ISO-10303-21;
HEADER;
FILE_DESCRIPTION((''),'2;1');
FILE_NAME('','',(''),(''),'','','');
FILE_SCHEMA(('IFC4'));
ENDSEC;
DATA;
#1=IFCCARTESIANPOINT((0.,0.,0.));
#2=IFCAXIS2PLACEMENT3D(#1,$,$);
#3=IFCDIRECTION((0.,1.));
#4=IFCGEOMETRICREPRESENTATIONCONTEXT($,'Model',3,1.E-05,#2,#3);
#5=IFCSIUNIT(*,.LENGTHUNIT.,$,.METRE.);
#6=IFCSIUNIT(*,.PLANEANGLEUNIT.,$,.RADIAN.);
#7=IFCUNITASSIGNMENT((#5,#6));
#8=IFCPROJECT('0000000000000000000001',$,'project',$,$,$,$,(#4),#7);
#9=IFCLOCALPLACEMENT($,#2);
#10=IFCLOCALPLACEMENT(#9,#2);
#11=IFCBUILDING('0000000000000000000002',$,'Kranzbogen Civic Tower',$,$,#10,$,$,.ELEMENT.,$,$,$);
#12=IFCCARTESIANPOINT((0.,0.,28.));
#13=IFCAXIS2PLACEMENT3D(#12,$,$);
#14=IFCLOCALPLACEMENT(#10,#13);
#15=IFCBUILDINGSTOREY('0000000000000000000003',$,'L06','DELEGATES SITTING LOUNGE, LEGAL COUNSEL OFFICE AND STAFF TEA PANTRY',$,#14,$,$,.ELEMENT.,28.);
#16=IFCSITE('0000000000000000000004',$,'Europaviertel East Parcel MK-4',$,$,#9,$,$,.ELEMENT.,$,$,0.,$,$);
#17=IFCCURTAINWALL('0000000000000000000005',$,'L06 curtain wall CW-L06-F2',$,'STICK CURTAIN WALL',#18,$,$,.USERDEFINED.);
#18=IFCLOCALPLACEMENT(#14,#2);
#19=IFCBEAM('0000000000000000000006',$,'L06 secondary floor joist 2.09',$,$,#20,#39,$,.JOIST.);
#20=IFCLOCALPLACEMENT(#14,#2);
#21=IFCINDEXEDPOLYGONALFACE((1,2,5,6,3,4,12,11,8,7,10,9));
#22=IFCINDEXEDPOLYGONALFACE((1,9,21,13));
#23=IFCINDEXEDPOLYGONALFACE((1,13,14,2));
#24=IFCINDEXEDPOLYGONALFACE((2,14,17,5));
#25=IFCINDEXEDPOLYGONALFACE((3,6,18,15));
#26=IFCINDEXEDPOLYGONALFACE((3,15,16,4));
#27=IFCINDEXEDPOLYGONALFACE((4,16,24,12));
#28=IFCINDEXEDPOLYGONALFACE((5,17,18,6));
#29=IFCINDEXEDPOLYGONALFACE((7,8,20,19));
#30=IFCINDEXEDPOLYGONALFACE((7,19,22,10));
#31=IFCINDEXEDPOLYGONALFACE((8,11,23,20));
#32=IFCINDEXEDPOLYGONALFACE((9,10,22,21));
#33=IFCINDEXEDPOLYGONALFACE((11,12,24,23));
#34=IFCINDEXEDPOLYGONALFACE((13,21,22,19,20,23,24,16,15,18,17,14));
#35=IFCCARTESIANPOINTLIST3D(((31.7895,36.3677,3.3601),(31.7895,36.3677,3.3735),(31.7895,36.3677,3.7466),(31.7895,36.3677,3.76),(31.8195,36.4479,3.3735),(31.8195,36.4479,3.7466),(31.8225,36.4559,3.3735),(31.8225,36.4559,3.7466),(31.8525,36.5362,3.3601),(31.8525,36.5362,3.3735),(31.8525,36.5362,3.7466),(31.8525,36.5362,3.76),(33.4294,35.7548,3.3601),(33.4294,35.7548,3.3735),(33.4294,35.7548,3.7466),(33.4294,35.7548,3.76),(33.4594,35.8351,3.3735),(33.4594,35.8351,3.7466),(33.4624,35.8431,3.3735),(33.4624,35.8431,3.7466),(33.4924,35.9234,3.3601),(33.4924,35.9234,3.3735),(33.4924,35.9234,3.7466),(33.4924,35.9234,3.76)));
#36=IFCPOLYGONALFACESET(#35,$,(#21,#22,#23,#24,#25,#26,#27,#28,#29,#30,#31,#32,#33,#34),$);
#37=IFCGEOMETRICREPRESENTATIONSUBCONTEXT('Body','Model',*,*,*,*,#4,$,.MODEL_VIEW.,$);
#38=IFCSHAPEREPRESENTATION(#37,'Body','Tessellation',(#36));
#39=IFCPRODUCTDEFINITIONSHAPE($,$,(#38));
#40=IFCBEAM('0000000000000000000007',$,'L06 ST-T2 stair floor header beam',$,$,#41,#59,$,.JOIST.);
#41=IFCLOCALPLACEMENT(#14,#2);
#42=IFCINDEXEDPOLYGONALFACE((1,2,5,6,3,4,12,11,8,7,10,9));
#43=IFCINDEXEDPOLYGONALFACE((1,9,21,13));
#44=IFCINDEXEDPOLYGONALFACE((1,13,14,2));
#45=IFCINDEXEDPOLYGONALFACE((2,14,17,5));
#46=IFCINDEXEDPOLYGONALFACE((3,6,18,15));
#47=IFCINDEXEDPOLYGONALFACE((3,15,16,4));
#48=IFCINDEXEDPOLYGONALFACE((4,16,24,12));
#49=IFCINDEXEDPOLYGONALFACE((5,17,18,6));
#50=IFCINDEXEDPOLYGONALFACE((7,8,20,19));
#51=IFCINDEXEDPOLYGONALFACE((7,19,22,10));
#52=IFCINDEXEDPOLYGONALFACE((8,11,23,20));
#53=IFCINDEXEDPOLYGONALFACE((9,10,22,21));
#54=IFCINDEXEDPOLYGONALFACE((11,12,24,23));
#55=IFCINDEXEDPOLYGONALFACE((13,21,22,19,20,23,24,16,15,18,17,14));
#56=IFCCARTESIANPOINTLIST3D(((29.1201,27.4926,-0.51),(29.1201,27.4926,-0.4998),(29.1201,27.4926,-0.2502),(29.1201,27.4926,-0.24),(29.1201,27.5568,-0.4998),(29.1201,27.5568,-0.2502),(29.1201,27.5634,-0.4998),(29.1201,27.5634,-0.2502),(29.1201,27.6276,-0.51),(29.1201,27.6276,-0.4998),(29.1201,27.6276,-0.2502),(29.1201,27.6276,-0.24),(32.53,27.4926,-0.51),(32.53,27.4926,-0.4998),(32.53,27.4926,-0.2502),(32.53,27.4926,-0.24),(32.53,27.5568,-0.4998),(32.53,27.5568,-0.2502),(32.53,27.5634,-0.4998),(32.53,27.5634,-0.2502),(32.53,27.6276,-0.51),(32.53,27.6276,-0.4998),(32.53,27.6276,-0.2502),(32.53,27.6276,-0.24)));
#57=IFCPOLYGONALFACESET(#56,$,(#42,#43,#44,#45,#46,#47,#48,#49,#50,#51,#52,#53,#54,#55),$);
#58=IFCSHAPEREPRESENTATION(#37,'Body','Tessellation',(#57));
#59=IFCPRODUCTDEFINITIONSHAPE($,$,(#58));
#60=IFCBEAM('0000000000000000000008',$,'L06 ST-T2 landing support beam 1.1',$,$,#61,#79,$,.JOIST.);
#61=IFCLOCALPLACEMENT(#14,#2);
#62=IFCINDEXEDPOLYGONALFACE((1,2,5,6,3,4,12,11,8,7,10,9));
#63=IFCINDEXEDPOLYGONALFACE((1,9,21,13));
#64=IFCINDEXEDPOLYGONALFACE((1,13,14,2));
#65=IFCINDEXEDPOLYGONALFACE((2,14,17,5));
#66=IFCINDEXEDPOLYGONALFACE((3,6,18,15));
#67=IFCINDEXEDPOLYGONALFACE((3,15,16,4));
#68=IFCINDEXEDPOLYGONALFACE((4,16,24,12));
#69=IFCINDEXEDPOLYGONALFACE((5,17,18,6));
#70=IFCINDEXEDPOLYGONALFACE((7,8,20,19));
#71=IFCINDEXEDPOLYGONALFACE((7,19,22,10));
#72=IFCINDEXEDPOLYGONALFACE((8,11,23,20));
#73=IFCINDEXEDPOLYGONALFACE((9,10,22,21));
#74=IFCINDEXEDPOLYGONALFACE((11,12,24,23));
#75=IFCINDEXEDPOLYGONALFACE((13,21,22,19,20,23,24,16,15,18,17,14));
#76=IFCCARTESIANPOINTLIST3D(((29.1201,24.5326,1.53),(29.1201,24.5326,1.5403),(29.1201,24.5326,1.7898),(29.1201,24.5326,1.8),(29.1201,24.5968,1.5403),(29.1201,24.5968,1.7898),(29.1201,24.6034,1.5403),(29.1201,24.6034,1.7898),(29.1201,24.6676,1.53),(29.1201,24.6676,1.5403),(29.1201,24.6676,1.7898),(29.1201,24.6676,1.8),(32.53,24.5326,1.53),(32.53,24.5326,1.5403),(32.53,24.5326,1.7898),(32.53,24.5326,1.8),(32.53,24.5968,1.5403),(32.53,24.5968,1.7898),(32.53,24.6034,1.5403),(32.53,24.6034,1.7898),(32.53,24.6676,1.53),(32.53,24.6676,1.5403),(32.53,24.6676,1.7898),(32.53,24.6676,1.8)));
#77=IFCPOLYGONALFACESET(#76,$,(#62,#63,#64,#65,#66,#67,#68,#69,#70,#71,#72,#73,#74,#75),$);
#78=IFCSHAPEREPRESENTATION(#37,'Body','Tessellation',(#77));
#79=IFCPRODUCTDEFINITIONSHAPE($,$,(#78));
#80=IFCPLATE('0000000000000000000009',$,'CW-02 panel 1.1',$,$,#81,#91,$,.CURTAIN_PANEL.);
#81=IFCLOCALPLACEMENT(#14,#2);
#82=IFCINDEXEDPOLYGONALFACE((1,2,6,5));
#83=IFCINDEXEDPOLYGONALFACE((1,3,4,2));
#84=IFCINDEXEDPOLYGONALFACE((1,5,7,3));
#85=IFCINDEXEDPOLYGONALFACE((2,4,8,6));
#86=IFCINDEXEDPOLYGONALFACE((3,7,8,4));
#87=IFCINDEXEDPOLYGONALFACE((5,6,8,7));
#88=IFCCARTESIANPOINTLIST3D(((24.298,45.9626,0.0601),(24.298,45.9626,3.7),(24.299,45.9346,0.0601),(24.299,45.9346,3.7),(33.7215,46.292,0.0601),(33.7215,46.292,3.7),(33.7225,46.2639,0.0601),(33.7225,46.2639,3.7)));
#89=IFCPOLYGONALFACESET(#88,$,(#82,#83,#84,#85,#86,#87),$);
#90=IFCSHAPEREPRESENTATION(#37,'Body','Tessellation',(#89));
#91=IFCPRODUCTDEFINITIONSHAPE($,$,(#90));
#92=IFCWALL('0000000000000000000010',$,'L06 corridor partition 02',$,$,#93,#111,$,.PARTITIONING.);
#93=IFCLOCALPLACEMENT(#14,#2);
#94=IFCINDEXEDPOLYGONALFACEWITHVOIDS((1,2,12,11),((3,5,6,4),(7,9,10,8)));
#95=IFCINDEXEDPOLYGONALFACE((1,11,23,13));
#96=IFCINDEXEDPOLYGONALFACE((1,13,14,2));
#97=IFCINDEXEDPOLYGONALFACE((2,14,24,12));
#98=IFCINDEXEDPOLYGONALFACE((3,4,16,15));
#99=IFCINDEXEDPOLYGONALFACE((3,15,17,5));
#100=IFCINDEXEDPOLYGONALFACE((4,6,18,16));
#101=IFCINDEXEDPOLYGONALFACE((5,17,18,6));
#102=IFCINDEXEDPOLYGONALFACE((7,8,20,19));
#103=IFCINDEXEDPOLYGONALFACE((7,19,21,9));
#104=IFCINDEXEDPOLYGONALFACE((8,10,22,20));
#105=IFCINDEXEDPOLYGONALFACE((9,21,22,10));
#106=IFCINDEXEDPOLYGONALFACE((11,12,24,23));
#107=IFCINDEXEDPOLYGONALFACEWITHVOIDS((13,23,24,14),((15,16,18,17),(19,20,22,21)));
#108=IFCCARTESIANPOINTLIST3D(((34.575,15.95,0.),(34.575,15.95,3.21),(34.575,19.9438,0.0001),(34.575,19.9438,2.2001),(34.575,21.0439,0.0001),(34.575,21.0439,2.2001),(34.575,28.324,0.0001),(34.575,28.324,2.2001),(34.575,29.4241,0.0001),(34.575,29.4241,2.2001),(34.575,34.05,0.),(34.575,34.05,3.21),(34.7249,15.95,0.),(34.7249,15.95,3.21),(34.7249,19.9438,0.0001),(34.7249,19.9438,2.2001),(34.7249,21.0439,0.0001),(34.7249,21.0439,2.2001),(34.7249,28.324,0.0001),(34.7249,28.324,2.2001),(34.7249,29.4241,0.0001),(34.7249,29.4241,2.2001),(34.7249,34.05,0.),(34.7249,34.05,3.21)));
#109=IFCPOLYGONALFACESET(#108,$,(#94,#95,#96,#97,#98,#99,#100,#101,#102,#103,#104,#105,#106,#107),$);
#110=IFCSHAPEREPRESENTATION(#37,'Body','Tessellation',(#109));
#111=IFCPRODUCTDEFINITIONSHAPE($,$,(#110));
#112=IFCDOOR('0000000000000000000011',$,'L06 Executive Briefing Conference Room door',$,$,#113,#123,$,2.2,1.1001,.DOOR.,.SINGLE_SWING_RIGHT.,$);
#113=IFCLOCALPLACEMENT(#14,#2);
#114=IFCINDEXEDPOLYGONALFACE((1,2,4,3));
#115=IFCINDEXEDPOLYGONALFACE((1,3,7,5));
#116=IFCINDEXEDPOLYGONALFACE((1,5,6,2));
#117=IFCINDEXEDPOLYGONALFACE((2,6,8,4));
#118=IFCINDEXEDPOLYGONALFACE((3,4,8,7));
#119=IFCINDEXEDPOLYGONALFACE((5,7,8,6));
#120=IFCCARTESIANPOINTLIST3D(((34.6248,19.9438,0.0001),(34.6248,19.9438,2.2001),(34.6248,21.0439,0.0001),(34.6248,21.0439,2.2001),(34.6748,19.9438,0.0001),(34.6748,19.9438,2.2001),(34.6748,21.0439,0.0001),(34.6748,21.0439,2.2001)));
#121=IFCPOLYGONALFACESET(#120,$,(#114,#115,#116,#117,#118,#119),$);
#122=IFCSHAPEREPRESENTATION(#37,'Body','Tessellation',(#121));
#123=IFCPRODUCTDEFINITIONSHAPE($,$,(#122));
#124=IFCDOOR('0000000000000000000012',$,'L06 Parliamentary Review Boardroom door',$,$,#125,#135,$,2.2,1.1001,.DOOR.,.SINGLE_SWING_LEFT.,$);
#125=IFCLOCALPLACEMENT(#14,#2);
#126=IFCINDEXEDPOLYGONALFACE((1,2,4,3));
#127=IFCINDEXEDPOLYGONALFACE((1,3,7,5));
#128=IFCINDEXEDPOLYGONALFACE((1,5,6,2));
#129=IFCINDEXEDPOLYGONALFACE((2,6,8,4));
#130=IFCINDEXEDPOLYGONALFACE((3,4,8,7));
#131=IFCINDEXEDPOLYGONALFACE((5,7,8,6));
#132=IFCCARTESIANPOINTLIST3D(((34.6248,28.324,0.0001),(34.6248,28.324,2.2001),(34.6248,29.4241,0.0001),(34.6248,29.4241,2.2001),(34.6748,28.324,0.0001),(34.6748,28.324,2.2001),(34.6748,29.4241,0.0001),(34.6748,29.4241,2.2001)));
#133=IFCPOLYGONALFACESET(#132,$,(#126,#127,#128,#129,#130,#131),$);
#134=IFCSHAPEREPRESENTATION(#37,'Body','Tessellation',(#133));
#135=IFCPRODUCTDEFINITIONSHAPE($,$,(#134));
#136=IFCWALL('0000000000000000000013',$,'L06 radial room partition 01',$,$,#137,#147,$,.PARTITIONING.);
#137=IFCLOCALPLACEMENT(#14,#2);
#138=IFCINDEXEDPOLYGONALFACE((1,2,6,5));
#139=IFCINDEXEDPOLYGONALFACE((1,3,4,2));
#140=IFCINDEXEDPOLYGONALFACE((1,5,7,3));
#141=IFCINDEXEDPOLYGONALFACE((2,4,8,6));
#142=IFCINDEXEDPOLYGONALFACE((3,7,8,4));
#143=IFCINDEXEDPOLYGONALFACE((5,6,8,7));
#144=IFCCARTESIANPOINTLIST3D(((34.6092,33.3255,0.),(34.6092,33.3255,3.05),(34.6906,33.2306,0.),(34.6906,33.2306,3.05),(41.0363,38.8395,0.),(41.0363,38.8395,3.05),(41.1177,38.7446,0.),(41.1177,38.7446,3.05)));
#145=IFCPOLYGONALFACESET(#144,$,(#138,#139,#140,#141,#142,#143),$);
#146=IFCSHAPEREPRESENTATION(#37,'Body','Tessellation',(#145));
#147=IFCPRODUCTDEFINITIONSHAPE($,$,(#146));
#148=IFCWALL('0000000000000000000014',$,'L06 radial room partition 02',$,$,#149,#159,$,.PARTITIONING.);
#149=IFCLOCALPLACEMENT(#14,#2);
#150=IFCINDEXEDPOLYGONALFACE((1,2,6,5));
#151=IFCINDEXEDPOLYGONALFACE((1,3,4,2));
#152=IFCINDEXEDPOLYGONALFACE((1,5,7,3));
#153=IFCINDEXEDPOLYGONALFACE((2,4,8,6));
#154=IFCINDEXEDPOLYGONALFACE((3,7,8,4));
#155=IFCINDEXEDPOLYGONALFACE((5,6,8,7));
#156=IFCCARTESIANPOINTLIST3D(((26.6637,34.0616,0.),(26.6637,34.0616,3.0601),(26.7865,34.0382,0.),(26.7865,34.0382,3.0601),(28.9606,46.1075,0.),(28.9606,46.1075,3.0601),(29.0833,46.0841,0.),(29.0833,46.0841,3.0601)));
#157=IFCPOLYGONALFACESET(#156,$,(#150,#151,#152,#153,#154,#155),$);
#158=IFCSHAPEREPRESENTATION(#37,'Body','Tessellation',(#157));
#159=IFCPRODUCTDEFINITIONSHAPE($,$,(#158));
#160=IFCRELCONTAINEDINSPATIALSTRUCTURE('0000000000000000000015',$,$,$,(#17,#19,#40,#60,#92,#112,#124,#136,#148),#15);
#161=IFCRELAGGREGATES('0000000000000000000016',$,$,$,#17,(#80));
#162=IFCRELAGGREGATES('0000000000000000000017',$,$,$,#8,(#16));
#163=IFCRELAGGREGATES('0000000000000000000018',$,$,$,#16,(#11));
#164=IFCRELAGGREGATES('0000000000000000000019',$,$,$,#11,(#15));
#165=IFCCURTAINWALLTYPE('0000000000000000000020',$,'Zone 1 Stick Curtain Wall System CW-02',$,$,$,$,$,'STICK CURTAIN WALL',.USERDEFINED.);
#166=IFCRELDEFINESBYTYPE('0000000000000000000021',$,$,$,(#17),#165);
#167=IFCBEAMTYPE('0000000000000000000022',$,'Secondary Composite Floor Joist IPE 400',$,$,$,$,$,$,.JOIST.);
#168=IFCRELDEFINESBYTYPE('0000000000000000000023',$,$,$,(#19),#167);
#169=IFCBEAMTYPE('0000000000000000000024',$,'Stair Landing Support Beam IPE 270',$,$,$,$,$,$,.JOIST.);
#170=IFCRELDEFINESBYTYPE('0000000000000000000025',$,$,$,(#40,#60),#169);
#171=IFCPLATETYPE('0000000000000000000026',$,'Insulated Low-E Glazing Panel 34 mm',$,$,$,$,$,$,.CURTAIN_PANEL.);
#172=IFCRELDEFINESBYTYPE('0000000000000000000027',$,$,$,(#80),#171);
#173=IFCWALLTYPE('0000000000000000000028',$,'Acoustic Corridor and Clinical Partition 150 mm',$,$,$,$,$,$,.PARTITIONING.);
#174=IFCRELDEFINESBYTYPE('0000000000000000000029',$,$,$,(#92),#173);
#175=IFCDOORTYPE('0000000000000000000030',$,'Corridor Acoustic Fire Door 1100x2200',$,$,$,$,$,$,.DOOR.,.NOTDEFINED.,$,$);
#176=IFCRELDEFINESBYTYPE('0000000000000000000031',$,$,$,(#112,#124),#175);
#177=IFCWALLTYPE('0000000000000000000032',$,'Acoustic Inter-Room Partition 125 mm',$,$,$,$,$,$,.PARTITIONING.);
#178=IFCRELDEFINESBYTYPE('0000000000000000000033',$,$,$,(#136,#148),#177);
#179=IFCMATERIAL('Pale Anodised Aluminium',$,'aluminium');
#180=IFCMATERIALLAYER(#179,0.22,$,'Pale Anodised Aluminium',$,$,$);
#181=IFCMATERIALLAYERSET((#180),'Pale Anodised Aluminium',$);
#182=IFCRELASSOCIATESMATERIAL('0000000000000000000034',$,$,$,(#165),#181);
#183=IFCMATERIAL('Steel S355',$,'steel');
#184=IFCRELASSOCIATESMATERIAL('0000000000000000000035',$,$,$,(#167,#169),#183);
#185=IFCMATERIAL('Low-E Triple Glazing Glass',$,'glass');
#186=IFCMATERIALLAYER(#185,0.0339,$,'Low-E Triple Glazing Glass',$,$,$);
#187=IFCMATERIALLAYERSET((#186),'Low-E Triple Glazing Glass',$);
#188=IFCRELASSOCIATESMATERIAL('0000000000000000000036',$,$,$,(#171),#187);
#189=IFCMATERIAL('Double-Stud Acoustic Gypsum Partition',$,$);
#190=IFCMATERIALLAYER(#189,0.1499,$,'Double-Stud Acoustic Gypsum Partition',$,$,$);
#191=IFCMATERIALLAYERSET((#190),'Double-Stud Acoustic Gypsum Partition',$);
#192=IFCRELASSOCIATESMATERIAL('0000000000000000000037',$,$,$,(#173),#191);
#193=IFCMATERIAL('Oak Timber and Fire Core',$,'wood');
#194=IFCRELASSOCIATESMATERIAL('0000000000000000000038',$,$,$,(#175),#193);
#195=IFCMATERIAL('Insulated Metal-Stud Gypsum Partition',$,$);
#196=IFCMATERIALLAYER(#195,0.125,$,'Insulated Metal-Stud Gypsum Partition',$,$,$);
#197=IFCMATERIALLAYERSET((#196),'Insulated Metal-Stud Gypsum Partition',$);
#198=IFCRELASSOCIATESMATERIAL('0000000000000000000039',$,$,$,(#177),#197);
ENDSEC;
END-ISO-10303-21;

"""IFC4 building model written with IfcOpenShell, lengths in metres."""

from ifc_helpers import new_model, si_unit, direction, frame, frame_2d, origin, origin_2d, place, context, subcontext, project, spatial, rectangle, i_section, extrude, material, layer, layer_set, material_profile, profile_set, type_object, element, fill, aggregate, save


model = new_model("IFC4")

# Units and contexts
model_context = context("Model", 3, precision=1e-05, world=origin(), true_north=direction((0.0, 1.0)))
body_context = subcontext(model_context, "Body", "Model", "MODEL_VIEW")
ifc_project = project(units=[si_unit("LENGTHUNIT", "METRE"), si_unit("PLANEANGLEUNIT", "RADIAN")], contexts=[model_context])

# Site, building, storey
site_placement = place(None, origin())
site = spatial("IfcSite", under=ifc_project, at=site_placement, Name="Europaviertel East Parcel MK-4", CompositionType="ELEMENT", RefElevation=0.0)
building_placement = place(site_placement, origin())
building = spatial("IfcBuilding", under=site, at=building_placement, Name="Kranzbogen Civic Tower", CompositionType="ELEMENT")
storey_placement = place(building_placement, frame((0.0, 0.0, 28.0)))
storey = spatial("IfcBuildingStorey", under=building, at=storey_placement, Name="L06", Description="DELEGATES SITTING LOUNGE, LEGAL COUNSEL OFFICE AND STAFF TEA PANTRY", CompositionType="ELEMENT", Elevation=28.0)

# Curtain wall
ifc_material_1 = material(Name="Pale Anodised Aluminium", Category="aluminium")
ifc_layer_1 = layer(ifc_material_1, 0.22, Name="Pale Anodised Aluminium")
ifc_layer_set_1 = layer_set([ifc_layer_1], Name="Pale Anodised Aluminium")
curtain_wall_type = type_object("IfcCurtainWallType", Name="Zone 1 Stick Curtain Wall System CW-02", ElementType="STICK CURTAIN WALL", PredefinedType="USERDEFINED", material=ifc_layer_set_1)
curtain_wall_placement = place(storey_placement, origin())
curtain_wall = element("IfcCurtainWall", 1, at=curtain_wall_placement, inside=storey, type_object=curtain_wall_type, Name="L06 curtain wall CW-L06-F2", ObjectType="STICK CURTAIN WALL", PredefinedType="USERDEFINED")

# Beams
ifc_material_2 = material(Name="Steel S355", Category="steel")
ifc_material_profile_1 = material_profile(ifc_material_2, i_section(OverallWidth=0.1799, OverallDepth=0.3999, WebThickness=0.0085, FlangeThickness=0.0134, at=origin_2d()), Name="IPE 400")
ifc_profile_set_1 = profile_set([ifc_material_profile_1], Name="Steel S355")
beam_type_1 = type_object("IfcBeamType", Name="Secondary Composite Floor Joist IPE 400", PredefinedType="JOIST", material=ifc_profile_set_1)
beam_1_placement = place(storey_placement, frame((33.4609, 35.8391, 3.5601), z_axis=(-0.936735, 0.350038, 0.0), x_axis=(-0.350038, -0.936735, 0.0)))
element("IfcBeam", 2, at=beam_1_placement, inside=storey, type_object=beam_type_1, Name="L06 secondary floor joist 2.09", PredefinedType="JOIST", context=body_context, shape_type="SweptSolid", body=[
    extrude(i_section(OverallWidth=0.1799, OverallDepth=0.3999, WebThickness=0.0085, FlangeThickness=0.0134, at=origin_2d()), origin(), (0.0, 0.0, 1.0), 1.7507),
])
ifc_material_profile_2 = material_profile(ifc_material_2, i_section(OverallWidth=0.135, OverallDepth=0.27, WebThickness=0.0066, FlangeThickness=0.0103, at=origin_2d()), Name="IPE 270")
ifc_profile_set_2 = profile_set([ifc_material_profile_2], Name="Steel S355")
beam_type_2 = type_object("IfcBeamType", Name="Stair Landing Support Beam IPE 270", PredefinedType="JOIST", material=ifc_profile_set_2)
for number, where, z_axis, x_axis, name in (
    (3, (29.1201, 27.5601, -0.375), (1.0, 0.0, 0.0), (0.0, 1.0, 0.0), "L06 ST-T2 stair floor header beam"),
    (4, (29.1201, 24.6001, 1.665), (1.0, 0.0, 0.0), (0.0, 1.0, 0.0), "L06 ST-T2 landing support beam 1.1"),
):
    element("IfcBeam", number, at=place(storey_placement, frame(where, z_axis=z_axis, x_axis=x_axis)), inside=storey, type_object=beam_type_2, Name=name, PredefinedType="JOIST", context=body_context, shape_type="SweptSolid", body=[
        extrude(i_section(OverallWidth=0.135, OverallDepth=0.27, WebThickness=0.0066, FlangeThickness=0.0103, at=origin_2d()), origin(), (0.0, 0.0, 1.0), 3.4099),
    ])

# Plate
ifc_material_3 = material(Name="Low-E Triple Glazing Glass", Category="glass")
ifc_layer_2 = layer(ifc_material_3, 0.0339, Name="Low-E Triple Glazing Glass")
ifc_layer_set_2 = layer_set([ifc_layer_2], Name="Low-E Triple Glazing Glass")
plate_type = type_object("IfcPlateType", Name="Insulated Low-E Glazing Panel 34 mm", PredefinedType="CURTAIN_PANEL", material=ifc_layer_set_2)
plate_placement = place(storey_placement, frame((29.0103, 46.1133, 0.0601), z_axis=(0.0, 0.0, 1.0), x_axis=(-0.99939, -0.034929, 0.0)))
plate = element("IfcPlate", 5, at=plate_placement, type_object=plate_type, Name="CW-02 panel 1.1", PredefinedType="CURTAIN_PANEL", context=body_context, shape_type="SweptSolid", body=[
    extrude(rectangle(XDim=9.4292, YDim=0.0281, at=origin_2d()), origin(), (0.0, 0.0, 1.0), 3.6399),
])
aggregate(curtain_wall, [plate])

# Wall, openings, doors
ifc_material_4 = material(Name="Double-Stud Acoustic Gypsum Partition")
ifc_layer_3 = layer(ifc_material_4, 0.1499, Name="Double-Stud Acoustic Gypsum Partition")
ifc_layer_set_3 = layer_set([ifc_layer_3], Name="Double-Stud Acoustic Gypsum Partition")
wall_type_1 = type_object("IfcWallType", Name="Acoustic Corridor and Clinical Partition 150 mm", PredefinedType="PARTITIONING", material=ifc_layer_set_3)
wall_1_placement = place(storey_placement, frame((34.6499, 34.05, 0.0), z_axis=(0.0, 0.0, 1.0), x_axis=(0.0, -1.0, 0.0)))
wall_1 = element("IfcWall", 6, at=wall_1_placement, inside=storey, type_object=wall_type_1, Name="L06 corridor partition 02", PredefinedType="PARTITIONING", context=body_context, shape_type="SweptSolid", body=[
    extrude(rectangle(XDim=18.1001, YDim=0.1499, at=frame_2d((9.05, 0.0))), origin(), (0.0, 0.0, 1.0), 3.21),
])
opening_1_placement = place(wall_1_placement, frame((13.0061, 0.0, 0.0)))
opening_1 = element("IfcOpeningElement", 7, at=opening_1_placement, cuts=wall_1, PredefinedType="OPENING", context=body_context, shape_type="SweptSolid", body=[
    extrude(rectangle(XDim=1.1001, YDim=2.2, at=frame_2d((0.55, 1.1001))), frame((0.0, 0.085, 0.0), z_axis=(0.0, -1.0, 0.0), x_axis=(1.0, 0.0, 0.0)), (0.0, 0.0, 1.0), 0.1699),
])
opening_2_placement = place(wall_1_placement, frame((4.626, 0.0, 0.0)))
opening_2 = element("IfcOpeningElement", 8, at=opening_2_placement, cuts=wall_1, PredefinedType="OPENING", context=body_context, shape_type="SweptSolid", body=[
    extrude(rectangle(XDim=1.1001, YDim=2.2, at=frame_2d((0.55, 1.1001))), frame((0.0, 0.085, 0.0), z_axis=(0.0, -1.0, 0.0), x_axis=(1.0, 0.0, 0.0)), (0.0, 0.0, 1.0), 0.1699),
])
ifc_material_5 = material(Name="Oak Timber and Fire Core", Category="wood")
door_type_1 = type_object("IfcDoorType", Name="Corridor Acoustic Fire Door 1100x2200", OperationType="NOTDEFINED", PredefinedType="DOOR", material=ifc_material_5)
door_1_placement = place(opening_1_placement, origin())
door_1 = element("IfcDoor", 9, at=door_1_placement, inside=storey, type_object=door_type_1, Name="L06 Executive Briefing Conference Room door", OperationType="SINGLE_SWING_RIGHT", OverallHeight=2.2, OverallWidth=1.1001, PredefinedType="DOOR", context=body_context, shape_type="SweptSolid", body=[
    extrude(rectangle(XDim=1.1001, YDim=2.2, at=frame_2d((0.55, 1.1001))), frame((0.0, 0.0249, 0.0), z_axis=(0.0, -1.0, 0.0), x_axis=(1.0, 0.0, 0.0)), (0.0, 0.0, 1.0), 0.05),
])
fill(opening_1, door_1)
door_2_placement = place(opening_2_placement, origin())
door_2 = element("IfcDoor", 10, at=door_2_placement, inside=storey, type_object=door_type_1, Name="L06 Parliamentary Review Boardroom door", OperationType="SINGLE_SWING_LEFT", OverallHeight=2.2, OverallWidth=1.1001, PredefinedType="DOOR", context=body_context, shape_type="SweptSolid", body=[
    extrude(rectangle(XDim=1.1001, YDim=2.2, at=frame_2d((0.55, 1.1001))), frame((0.0, 0.0249, 0.0), z_axis=(0.0, -1.0, 0.0), x_axis=(1.0, 0.0, 0.0)), (0.0, 0.0, 1.0), 0.05),
])
fill(opening_2, door_2)

# Walls
ifc_material_6 = material(Name="Insulated Metal-Stud Gypsum Partition")
ifc_layer_4 = layer(ifc_material_6, 0.125, Name="Insulated Metal-Stud Gypsum Partition")
ifc_layer_set_4 = layer_set([ifc_layer_4], Name="Insulated Metal-Stud Gypsum Partition")
wall_type_2 = type_object("IfcWallType", Name="Acoustic Inter-Room Partition 125 mm", PredefinedType="PARTITIONING", material=ifc_layer_set_4)
wall_2_placement = place(storey_placement, frame((34.6499, 33.2781, 0.0), z_axis=(0.0, 0.0, 1.0), x_axis=(0.758961, 0.651136, 0.0)))
element("IfcWall", 11, at=wall_2_placement, inside=storey, type_object=wall_type_2, Name="L06 radial room partition 01", PredefinedType="PARTITIONING", context=body_context, shape_type="SweptSolid", body=[
    extrude(rectangle(XDim=8.4683, YDim=0.125, at=frame_2d((4.2341, 0.0))), origin(), (0.0, 0.0, 1.0), 3.05),
])
wall_3_placement = place(storey_placement, frame((26.7251, 34.05, 0.0), z_axis=(0.0, 0.0, 1.0), x_axis=(0.187302, 0.982302, 0.0)))
element("IfcWall", 12, at=wall_3_placement, inside=storey, type_object=wall_type_2, Name="L06 radial room partition 02", PredefinedType="PARTITIONING", context=body_context, shape_type="SweptSolid", body=[
    extrude(rectangle(XDim=12.2629, YDim=0.125, at=frame_2d((6.1313, 0.0))), origin(), (0.0, 0.0, 1.0), 3.0601),
])

save(model, "model.ifc")
